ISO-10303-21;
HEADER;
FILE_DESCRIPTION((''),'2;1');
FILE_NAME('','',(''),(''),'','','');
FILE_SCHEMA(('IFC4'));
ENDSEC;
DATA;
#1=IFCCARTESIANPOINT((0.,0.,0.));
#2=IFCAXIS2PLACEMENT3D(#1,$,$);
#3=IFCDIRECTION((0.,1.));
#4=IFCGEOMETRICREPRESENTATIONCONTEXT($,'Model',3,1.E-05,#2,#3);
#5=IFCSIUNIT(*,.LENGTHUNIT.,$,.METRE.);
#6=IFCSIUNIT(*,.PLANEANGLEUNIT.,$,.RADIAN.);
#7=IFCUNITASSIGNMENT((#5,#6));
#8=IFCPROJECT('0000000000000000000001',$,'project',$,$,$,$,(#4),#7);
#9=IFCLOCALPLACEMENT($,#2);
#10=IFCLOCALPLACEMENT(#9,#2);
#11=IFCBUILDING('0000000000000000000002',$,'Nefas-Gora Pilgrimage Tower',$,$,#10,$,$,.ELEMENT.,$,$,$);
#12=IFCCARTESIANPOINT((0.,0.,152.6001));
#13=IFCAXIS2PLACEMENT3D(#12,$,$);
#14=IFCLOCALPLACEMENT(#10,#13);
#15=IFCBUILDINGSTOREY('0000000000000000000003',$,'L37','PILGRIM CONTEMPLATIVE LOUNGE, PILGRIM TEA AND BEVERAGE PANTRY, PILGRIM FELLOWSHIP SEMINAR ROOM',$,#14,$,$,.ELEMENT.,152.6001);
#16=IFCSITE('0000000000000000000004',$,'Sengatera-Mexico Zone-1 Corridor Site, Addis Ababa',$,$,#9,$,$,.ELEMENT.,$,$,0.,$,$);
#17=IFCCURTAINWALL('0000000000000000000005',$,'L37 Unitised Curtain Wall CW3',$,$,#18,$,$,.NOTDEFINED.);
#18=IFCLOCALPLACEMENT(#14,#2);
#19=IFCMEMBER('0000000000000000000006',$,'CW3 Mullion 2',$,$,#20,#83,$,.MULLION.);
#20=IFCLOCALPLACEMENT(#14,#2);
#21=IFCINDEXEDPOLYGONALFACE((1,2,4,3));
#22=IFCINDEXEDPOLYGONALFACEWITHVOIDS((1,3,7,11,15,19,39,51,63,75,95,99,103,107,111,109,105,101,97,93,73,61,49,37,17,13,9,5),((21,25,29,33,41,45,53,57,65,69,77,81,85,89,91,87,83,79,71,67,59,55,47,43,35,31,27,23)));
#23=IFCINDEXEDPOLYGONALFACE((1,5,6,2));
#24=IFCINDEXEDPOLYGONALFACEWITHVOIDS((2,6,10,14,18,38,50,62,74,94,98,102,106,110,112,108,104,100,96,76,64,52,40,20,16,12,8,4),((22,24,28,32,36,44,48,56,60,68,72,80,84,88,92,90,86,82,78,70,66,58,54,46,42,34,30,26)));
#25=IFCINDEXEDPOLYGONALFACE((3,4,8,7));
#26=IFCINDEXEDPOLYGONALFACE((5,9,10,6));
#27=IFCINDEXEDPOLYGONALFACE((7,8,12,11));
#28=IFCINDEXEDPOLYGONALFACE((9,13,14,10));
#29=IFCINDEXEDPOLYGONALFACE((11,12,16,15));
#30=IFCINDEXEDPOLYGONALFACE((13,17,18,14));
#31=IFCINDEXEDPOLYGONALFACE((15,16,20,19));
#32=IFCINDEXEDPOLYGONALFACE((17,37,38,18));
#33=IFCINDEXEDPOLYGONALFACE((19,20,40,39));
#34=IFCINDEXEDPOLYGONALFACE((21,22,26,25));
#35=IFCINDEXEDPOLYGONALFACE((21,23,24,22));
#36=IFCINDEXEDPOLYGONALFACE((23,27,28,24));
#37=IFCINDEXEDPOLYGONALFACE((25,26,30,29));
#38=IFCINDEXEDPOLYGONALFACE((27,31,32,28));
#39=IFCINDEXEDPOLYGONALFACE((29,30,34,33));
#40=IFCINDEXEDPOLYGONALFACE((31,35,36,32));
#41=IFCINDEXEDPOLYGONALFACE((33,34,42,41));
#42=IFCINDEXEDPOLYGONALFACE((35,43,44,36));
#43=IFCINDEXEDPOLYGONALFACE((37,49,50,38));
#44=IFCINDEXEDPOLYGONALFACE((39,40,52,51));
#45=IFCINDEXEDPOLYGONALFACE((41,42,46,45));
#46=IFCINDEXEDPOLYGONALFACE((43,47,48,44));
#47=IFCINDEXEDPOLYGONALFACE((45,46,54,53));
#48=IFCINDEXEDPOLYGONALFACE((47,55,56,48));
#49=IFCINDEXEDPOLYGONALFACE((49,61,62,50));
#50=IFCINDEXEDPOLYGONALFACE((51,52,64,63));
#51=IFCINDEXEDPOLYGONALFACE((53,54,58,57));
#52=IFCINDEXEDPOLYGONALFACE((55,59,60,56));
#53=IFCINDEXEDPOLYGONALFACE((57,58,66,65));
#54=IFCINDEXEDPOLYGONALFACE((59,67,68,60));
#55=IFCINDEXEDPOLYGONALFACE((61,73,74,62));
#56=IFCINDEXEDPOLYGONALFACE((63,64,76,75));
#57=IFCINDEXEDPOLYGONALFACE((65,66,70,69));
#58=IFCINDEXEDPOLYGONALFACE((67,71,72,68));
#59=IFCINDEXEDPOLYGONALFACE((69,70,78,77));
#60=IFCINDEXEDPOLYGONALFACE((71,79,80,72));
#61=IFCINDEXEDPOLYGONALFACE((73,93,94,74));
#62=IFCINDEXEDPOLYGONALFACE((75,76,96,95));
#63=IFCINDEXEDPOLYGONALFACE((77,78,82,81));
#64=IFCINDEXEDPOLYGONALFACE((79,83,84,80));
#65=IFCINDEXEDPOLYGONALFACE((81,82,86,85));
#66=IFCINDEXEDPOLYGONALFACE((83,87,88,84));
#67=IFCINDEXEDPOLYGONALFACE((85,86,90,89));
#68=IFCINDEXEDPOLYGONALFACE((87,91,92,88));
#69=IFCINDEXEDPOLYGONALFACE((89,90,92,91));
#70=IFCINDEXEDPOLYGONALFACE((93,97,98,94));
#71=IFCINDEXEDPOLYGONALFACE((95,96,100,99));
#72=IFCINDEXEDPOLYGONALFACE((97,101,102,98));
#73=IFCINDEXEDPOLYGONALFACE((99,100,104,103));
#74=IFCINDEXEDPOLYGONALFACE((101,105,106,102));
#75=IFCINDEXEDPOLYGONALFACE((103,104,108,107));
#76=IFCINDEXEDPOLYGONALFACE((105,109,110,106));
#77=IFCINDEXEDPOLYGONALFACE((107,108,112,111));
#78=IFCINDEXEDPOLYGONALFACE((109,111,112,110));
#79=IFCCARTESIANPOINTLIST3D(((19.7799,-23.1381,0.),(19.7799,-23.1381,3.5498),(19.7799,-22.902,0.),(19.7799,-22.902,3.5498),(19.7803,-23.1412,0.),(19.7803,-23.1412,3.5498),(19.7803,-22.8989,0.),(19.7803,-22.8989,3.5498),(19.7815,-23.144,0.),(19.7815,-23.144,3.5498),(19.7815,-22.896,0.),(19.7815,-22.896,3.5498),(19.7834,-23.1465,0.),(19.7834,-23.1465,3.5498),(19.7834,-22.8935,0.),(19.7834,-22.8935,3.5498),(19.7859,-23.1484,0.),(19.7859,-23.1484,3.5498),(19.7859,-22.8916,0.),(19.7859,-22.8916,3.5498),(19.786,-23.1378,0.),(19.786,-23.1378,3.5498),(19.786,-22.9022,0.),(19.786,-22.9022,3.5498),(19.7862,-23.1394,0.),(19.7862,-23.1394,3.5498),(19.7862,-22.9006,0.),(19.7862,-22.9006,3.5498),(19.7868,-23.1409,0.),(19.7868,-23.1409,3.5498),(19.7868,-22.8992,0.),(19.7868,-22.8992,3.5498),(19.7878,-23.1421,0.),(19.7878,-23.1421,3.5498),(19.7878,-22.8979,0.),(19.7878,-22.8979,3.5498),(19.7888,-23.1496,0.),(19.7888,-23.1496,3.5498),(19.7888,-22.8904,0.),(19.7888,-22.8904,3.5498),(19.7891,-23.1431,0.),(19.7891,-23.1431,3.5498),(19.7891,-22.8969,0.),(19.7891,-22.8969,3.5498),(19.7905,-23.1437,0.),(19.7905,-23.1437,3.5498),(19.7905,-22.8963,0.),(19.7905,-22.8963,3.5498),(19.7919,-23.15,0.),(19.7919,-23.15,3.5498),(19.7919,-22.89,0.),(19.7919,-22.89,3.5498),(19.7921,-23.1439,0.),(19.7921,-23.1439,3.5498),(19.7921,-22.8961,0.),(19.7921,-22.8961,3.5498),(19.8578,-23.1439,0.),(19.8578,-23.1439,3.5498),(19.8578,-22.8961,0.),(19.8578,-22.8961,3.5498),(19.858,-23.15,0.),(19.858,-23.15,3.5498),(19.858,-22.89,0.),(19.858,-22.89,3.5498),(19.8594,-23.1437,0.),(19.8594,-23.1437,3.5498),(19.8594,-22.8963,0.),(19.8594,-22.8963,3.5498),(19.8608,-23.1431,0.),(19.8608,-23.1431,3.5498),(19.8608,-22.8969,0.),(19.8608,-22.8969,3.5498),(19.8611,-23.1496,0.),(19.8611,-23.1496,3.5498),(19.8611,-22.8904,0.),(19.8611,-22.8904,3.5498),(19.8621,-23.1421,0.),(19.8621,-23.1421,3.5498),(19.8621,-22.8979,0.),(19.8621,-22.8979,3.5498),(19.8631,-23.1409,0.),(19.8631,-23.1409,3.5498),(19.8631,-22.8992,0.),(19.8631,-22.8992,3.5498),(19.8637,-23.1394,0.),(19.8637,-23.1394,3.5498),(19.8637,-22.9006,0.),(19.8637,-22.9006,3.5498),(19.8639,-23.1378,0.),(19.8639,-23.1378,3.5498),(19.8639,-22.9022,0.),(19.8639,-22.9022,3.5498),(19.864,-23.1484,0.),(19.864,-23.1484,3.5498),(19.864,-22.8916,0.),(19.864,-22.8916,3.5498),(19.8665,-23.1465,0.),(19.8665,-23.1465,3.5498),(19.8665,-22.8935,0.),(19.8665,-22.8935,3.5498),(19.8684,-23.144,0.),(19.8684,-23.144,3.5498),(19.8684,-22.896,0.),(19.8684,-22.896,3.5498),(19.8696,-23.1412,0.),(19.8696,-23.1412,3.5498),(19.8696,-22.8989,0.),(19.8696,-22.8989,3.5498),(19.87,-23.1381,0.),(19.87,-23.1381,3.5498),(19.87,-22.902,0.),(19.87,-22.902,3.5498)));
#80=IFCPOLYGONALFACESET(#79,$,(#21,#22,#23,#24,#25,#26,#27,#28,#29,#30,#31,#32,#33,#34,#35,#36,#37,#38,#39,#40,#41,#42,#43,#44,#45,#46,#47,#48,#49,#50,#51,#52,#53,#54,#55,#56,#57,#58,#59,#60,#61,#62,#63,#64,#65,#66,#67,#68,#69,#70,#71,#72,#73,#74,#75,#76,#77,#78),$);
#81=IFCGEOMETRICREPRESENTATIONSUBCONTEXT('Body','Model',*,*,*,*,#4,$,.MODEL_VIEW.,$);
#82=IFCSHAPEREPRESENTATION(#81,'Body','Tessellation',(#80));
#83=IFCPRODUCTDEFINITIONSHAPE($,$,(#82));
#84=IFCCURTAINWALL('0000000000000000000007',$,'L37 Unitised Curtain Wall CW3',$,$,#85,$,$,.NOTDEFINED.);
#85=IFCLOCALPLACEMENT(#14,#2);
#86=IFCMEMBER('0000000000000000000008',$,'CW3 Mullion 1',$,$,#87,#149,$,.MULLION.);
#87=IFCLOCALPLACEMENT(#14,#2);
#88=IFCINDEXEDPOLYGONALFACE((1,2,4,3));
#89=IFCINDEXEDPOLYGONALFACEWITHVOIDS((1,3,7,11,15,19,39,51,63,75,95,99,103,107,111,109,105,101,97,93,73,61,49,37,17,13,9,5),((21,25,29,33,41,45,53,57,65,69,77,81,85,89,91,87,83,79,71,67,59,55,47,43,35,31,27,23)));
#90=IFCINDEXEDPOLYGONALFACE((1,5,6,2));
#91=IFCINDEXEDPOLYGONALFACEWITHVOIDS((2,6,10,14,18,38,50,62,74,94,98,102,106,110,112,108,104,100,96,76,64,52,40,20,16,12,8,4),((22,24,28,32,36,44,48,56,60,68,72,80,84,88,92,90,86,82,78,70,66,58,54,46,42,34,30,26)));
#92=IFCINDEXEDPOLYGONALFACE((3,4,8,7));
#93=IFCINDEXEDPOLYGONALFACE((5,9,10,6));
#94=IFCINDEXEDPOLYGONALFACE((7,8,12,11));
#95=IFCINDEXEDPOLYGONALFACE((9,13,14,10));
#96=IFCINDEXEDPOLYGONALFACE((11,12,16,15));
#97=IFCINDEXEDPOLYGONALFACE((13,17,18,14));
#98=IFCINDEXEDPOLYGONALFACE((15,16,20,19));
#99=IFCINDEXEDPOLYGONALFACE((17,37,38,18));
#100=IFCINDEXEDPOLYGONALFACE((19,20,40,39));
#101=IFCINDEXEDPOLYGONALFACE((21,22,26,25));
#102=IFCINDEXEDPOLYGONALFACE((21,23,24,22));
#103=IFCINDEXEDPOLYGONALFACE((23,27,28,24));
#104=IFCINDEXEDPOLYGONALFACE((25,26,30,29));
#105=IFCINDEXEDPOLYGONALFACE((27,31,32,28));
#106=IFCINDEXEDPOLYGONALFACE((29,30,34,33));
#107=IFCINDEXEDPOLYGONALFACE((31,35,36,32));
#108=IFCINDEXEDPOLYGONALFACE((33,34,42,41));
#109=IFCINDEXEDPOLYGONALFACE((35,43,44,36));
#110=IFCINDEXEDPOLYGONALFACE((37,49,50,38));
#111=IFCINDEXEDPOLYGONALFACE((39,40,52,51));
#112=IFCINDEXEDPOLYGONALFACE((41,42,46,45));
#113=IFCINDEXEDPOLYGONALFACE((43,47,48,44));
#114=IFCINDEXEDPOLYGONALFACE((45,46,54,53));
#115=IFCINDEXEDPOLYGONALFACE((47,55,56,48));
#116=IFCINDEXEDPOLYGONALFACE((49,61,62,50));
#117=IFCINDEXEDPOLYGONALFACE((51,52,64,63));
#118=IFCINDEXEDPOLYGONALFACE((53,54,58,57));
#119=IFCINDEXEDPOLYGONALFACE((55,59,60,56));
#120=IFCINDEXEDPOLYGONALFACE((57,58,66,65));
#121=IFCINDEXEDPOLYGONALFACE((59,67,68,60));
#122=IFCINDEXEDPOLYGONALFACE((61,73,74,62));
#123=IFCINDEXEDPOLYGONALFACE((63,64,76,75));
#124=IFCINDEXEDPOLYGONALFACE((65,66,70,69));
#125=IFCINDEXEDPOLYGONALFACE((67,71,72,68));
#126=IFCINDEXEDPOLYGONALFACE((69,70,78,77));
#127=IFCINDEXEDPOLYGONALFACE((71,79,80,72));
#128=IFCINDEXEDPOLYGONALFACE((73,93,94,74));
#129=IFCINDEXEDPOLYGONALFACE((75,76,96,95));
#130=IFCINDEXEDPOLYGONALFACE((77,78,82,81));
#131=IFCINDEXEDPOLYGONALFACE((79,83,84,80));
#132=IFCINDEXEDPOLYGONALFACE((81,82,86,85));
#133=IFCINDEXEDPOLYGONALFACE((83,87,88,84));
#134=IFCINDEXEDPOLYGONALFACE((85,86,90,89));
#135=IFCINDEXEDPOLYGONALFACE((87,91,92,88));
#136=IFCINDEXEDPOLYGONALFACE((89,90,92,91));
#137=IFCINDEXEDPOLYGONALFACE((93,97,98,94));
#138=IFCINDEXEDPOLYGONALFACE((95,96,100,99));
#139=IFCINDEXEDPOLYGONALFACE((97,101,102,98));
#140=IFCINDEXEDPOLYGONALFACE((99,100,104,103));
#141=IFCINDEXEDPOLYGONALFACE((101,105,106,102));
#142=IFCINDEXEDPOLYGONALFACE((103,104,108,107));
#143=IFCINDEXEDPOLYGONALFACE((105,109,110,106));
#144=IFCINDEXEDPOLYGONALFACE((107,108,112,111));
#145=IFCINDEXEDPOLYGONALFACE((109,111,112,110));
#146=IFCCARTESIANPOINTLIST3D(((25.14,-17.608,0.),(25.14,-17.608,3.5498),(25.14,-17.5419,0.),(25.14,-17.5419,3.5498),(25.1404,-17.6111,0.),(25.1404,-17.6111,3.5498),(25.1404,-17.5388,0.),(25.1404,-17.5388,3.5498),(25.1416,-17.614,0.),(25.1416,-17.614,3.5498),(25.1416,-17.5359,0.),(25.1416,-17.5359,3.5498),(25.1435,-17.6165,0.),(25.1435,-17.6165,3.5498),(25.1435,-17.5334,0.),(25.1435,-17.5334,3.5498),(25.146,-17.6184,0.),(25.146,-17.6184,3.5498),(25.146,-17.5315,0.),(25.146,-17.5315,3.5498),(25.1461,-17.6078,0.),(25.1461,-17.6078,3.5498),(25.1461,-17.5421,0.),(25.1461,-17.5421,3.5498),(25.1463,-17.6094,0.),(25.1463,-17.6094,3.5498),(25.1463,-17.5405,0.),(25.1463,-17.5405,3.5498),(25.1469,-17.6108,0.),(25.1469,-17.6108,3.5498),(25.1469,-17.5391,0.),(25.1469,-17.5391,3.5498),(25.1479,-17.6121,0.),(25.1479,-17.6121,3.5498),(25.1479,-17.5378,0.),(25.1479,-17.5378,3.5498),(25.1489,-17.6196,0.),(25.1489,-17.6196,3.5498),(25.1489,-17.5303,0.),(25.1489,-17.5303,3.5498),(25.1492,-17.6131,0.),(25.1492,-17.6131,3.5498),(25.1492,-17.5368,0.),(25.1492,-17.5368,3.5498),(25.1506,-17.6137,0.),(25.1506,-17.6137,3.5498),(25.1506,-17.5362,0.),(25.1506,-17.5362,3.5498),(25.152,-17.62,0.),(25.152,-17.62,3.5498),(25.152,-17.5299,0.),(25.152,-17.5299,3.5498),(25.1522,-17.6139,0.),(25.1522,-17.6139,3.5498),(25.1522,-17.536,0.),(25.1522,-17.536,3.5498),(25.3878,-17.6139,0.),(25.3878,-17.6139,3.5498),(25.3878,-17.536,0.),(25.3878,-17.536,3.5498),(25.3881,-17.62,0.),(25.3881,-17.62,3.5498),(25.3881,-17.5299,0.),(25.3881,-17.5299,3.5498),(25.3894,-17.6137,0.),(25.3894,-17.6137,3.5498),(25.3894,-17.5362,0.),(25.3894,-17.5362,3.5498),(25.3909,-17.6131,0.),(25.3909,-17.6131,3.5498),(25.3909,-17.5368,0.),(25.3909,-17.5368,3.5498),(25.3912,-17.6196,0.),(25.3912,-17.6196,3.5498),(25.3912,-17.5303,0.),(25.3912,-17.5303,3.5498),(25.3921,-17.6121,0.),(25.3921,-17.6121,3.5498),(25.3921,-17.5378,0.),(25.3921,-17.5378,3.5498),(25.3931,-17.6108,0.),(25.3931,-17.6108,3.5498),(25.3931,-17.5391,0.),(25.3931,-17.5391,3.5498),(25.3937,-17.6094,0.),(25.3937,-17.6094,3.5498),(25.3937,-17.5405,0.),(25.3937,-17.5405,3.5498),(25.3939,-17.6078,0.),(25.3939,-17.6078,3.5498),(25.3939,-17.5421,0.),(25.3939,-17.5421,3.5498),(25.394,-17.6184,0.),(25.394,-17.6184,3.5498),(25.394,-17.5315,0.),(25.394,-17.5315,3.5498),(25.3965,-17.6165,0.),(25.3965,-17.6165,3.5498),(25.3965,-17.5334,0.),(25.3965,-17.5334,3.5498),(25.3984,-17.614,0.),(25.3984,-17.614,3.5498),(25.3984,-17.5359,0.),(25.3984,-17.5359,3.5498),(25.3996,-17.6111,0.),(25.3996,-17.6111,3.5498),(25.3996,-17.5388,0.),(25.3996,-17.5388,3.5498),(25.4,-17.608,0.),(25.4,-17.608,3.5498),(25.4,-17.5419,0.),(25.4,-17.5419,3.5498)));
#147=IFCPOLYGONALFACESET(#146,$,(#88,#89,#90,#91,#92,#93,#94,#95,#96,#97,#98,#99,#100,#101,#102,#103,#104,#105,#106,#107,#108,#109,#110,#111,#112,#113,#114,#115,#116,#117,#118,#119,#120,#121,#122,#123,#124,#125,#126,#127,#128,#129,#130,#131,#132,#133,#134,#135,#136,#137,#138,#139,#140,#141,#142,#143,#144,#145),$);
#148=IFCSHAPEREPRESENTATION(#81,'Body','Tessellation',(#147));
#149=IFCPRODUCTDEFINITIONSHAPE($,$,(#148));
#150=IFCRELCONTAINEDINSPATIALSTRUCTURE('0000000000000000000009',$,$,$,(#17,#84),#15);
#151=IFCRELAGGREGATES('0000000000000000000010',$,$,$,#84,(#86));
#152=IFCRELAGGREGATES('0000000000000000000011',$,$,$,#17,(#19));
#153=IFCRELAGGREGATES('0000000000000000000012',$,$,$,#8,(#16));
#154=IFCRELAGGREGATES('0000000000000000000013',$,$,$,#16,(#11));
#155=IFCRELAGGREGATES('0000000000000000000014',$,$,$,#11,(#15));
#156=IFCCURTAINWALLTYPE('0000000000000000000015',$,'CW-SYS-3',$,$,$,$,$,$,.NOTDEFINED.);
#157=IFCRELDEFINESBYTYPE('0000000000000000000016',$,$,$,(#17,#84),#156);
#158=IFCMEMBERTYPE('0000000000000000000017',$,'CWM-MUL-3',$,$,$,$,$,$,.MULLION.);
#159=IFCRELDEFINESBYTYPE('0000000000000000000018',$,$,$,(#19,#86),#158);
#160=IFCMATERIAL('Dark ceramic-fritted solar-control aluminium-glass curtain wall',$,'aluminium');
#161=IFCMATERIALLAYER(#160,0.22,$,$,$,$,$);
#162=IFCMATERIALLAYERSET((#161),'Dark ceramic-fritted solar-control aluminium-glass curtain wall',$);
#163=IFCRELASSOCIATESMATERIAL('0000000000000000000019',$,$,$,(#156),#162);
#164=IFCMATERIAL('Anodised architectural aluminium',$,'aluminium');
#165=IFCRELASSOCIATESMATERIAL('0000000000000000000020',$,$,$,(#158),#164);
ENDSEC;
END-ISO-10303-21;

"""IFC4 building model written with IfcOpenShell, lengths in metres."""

from ifc_helpers import new_model, si_unit, direction, frame, origin, origin_2d, place, context, subcontext, project, spatial, hollow_rectangle, extrude, source, transform, mapped, material, layer, layer_set, material_profile, profile_set, type_object, element, aggregate, save


model = new_model("IFC4")

# Units and contexts
model_context = context("Model", 3, precision=1e-05, world=origin(), true_north=direction((0.0, 1.0)))
body_context = subcontext(model_context, "Body", "Model", "MODEL_VIEW")
ifc_project = project(units=[si_unit("LENGTHUNIT", "METRE"), si_unit("PLANEANGLEUNIT", "RADIAN")], contexts=[model_context])

# Site, building, storey
site_placement = place(None, origin())
site = spatial("IfcSite", under=ifc_project, at=site_placement, Name="Sengatera-Mexico Zone-1 Corridor Site, Addis Ababa", CompositionType="ELEMENT", RefElevation=0.0)
building_placement = place(site_placement, origin())
building = spatial("IfcBuilding", under=site, at=building_placement, Name="Nefas-Gora Pilgrimage Tower", CompositionType="ELEMENT")
storey_placement = place(building_placement, frame((0.0, 0.0, 152.6001)))
storey = spatial("IfcBuildingStorey", under=building, at=storey_placement, Name="L37", Description="PILGRIM CONTEMPLATIVE LOUNGE, PILGRIM TEA AND BEVERAGE PANTRY, PILGRIM FELLOWSHIP SEMINAR ROOM", CompositionType="ELEMENT", Elevation=152.6001)

# Curtain walls, members
ifc_material_1 = material(Name="Dark ceramic-fritted solar-control aluminium-glass curtain wall", Category="aluminium")
ifc_layer_1 = layer(ifc_material_1, 0.22)
ifc_layer_set_1 = layer_set([ifc_layer_1], Name="Dark ceramic-fritted solar-control aluminium-glass curtain wall")
curtain_wall_type = type_object("IfcCurtainWallType", Name="CW-SYS-3", PredefinedType="NOTDEFINED", material=ifc_layer_set_1)
curtain_wall_1_placement = place(storey_placement, origin())
curtain_wall_1 = element("IfcCurtainWall", 1, at=curtain_wall_1_placement, inside=storey, type_object=curtain_wall_type, Name="L37 Unitised Curtain Wall CW3", PredefinedType="NOTDEFINED")
ifc_material_2 = material(Name="Anodised architectural aluminium", Category="aluminium")
ifc_material_profile_1 = material_profile(ifc_material_2, hollow_rectangle(XDim=0.0901, YDim=0.26, WallThickness=0.0061, InnerFilletRadius=0.0061, OuterFilletRadius=0.012, at=origin_2d()), Name="ALU MULLION 90x260")
ifc_profile_set_1 = profile_set([ifc_material_profile_1], Name="Anodised architectural aluminium")
member_type_1 = type_object("IfcMemberType", Name="CWM-MUL-3", PredefinedType="MULLION", material=ifc_profile_set_1)
shared_shape_1 = source(origin(), body_context, "Body", "SweptSolid", [
    extrude(hollow_rectangle(XDim=0.0901, YDim=0.26, WallThickness=0.0061, InnerFilletRadius=0.0061, OuterFilletRadius=0.012, at=origin_2d()), origin(), (0.0, 0.0, 1.0), 3.5498),
])
member_1_placement = place(storey_placement, frame((19.825, -23.02, 0.0), z_axis=(0.0, 0.0, 1.0), x_axis=(1.0, 0.0, 0.0)))
member_1 = element("IfcMember", 2, at=member_1_placement, type_object=member_type_1, Name="CW3 Mullion 2", PredefinedType="MULLION", context=body_context, shape_type="MappedRepresentation", body=[
    mapped(shared_shape_1, transform((0.0, 0.0, 0.0), x_axis=(1.0, 0.0, 0.0), y_axis=(0.0, 1.0, 0.0), z_axis=(0.0, 0.0, 1.0), scale=1.0)),
])
curtain_wall_2_placement = place(storey_placement, origin())
curtain_wall_2 = element("IfcCurtainWall", 3, at=curtain_wall_2_placement, inside=storey, type_object=curtain_wall_type, Name="L37 Unitised Curtain Wall CW3", PredefinedType="NOTDEFINED")
member_2_placement = place(storey_placement, frame((25.27, -17.575, 0.0), z_axis=(0.0, 0.0, 1.0), x_axis=(0.0, 1.0, 0.0)))
member_2 = element("IfcMember", 4, at=member_2_placement, type_object=member_type_1, Name="CW3 Mullion 1", PredefinedType="MULLION", context=body_context, shape_type="MappedRepresentation", body=[
    mapped(shared_shape_1, transform((0.0, 0.0, 0.0), x_axis=(1.0, 0.0, 0.0), y_axis=(0.0, 1.0, 0.0), z_axis=(0.0, 0.0, 1.0), scale=1.0)),
])
aggregate(curtain_wall_2, [member_2])

aggregate(curtain_wall_1, [member_1])

save(model, "model.ifc")
